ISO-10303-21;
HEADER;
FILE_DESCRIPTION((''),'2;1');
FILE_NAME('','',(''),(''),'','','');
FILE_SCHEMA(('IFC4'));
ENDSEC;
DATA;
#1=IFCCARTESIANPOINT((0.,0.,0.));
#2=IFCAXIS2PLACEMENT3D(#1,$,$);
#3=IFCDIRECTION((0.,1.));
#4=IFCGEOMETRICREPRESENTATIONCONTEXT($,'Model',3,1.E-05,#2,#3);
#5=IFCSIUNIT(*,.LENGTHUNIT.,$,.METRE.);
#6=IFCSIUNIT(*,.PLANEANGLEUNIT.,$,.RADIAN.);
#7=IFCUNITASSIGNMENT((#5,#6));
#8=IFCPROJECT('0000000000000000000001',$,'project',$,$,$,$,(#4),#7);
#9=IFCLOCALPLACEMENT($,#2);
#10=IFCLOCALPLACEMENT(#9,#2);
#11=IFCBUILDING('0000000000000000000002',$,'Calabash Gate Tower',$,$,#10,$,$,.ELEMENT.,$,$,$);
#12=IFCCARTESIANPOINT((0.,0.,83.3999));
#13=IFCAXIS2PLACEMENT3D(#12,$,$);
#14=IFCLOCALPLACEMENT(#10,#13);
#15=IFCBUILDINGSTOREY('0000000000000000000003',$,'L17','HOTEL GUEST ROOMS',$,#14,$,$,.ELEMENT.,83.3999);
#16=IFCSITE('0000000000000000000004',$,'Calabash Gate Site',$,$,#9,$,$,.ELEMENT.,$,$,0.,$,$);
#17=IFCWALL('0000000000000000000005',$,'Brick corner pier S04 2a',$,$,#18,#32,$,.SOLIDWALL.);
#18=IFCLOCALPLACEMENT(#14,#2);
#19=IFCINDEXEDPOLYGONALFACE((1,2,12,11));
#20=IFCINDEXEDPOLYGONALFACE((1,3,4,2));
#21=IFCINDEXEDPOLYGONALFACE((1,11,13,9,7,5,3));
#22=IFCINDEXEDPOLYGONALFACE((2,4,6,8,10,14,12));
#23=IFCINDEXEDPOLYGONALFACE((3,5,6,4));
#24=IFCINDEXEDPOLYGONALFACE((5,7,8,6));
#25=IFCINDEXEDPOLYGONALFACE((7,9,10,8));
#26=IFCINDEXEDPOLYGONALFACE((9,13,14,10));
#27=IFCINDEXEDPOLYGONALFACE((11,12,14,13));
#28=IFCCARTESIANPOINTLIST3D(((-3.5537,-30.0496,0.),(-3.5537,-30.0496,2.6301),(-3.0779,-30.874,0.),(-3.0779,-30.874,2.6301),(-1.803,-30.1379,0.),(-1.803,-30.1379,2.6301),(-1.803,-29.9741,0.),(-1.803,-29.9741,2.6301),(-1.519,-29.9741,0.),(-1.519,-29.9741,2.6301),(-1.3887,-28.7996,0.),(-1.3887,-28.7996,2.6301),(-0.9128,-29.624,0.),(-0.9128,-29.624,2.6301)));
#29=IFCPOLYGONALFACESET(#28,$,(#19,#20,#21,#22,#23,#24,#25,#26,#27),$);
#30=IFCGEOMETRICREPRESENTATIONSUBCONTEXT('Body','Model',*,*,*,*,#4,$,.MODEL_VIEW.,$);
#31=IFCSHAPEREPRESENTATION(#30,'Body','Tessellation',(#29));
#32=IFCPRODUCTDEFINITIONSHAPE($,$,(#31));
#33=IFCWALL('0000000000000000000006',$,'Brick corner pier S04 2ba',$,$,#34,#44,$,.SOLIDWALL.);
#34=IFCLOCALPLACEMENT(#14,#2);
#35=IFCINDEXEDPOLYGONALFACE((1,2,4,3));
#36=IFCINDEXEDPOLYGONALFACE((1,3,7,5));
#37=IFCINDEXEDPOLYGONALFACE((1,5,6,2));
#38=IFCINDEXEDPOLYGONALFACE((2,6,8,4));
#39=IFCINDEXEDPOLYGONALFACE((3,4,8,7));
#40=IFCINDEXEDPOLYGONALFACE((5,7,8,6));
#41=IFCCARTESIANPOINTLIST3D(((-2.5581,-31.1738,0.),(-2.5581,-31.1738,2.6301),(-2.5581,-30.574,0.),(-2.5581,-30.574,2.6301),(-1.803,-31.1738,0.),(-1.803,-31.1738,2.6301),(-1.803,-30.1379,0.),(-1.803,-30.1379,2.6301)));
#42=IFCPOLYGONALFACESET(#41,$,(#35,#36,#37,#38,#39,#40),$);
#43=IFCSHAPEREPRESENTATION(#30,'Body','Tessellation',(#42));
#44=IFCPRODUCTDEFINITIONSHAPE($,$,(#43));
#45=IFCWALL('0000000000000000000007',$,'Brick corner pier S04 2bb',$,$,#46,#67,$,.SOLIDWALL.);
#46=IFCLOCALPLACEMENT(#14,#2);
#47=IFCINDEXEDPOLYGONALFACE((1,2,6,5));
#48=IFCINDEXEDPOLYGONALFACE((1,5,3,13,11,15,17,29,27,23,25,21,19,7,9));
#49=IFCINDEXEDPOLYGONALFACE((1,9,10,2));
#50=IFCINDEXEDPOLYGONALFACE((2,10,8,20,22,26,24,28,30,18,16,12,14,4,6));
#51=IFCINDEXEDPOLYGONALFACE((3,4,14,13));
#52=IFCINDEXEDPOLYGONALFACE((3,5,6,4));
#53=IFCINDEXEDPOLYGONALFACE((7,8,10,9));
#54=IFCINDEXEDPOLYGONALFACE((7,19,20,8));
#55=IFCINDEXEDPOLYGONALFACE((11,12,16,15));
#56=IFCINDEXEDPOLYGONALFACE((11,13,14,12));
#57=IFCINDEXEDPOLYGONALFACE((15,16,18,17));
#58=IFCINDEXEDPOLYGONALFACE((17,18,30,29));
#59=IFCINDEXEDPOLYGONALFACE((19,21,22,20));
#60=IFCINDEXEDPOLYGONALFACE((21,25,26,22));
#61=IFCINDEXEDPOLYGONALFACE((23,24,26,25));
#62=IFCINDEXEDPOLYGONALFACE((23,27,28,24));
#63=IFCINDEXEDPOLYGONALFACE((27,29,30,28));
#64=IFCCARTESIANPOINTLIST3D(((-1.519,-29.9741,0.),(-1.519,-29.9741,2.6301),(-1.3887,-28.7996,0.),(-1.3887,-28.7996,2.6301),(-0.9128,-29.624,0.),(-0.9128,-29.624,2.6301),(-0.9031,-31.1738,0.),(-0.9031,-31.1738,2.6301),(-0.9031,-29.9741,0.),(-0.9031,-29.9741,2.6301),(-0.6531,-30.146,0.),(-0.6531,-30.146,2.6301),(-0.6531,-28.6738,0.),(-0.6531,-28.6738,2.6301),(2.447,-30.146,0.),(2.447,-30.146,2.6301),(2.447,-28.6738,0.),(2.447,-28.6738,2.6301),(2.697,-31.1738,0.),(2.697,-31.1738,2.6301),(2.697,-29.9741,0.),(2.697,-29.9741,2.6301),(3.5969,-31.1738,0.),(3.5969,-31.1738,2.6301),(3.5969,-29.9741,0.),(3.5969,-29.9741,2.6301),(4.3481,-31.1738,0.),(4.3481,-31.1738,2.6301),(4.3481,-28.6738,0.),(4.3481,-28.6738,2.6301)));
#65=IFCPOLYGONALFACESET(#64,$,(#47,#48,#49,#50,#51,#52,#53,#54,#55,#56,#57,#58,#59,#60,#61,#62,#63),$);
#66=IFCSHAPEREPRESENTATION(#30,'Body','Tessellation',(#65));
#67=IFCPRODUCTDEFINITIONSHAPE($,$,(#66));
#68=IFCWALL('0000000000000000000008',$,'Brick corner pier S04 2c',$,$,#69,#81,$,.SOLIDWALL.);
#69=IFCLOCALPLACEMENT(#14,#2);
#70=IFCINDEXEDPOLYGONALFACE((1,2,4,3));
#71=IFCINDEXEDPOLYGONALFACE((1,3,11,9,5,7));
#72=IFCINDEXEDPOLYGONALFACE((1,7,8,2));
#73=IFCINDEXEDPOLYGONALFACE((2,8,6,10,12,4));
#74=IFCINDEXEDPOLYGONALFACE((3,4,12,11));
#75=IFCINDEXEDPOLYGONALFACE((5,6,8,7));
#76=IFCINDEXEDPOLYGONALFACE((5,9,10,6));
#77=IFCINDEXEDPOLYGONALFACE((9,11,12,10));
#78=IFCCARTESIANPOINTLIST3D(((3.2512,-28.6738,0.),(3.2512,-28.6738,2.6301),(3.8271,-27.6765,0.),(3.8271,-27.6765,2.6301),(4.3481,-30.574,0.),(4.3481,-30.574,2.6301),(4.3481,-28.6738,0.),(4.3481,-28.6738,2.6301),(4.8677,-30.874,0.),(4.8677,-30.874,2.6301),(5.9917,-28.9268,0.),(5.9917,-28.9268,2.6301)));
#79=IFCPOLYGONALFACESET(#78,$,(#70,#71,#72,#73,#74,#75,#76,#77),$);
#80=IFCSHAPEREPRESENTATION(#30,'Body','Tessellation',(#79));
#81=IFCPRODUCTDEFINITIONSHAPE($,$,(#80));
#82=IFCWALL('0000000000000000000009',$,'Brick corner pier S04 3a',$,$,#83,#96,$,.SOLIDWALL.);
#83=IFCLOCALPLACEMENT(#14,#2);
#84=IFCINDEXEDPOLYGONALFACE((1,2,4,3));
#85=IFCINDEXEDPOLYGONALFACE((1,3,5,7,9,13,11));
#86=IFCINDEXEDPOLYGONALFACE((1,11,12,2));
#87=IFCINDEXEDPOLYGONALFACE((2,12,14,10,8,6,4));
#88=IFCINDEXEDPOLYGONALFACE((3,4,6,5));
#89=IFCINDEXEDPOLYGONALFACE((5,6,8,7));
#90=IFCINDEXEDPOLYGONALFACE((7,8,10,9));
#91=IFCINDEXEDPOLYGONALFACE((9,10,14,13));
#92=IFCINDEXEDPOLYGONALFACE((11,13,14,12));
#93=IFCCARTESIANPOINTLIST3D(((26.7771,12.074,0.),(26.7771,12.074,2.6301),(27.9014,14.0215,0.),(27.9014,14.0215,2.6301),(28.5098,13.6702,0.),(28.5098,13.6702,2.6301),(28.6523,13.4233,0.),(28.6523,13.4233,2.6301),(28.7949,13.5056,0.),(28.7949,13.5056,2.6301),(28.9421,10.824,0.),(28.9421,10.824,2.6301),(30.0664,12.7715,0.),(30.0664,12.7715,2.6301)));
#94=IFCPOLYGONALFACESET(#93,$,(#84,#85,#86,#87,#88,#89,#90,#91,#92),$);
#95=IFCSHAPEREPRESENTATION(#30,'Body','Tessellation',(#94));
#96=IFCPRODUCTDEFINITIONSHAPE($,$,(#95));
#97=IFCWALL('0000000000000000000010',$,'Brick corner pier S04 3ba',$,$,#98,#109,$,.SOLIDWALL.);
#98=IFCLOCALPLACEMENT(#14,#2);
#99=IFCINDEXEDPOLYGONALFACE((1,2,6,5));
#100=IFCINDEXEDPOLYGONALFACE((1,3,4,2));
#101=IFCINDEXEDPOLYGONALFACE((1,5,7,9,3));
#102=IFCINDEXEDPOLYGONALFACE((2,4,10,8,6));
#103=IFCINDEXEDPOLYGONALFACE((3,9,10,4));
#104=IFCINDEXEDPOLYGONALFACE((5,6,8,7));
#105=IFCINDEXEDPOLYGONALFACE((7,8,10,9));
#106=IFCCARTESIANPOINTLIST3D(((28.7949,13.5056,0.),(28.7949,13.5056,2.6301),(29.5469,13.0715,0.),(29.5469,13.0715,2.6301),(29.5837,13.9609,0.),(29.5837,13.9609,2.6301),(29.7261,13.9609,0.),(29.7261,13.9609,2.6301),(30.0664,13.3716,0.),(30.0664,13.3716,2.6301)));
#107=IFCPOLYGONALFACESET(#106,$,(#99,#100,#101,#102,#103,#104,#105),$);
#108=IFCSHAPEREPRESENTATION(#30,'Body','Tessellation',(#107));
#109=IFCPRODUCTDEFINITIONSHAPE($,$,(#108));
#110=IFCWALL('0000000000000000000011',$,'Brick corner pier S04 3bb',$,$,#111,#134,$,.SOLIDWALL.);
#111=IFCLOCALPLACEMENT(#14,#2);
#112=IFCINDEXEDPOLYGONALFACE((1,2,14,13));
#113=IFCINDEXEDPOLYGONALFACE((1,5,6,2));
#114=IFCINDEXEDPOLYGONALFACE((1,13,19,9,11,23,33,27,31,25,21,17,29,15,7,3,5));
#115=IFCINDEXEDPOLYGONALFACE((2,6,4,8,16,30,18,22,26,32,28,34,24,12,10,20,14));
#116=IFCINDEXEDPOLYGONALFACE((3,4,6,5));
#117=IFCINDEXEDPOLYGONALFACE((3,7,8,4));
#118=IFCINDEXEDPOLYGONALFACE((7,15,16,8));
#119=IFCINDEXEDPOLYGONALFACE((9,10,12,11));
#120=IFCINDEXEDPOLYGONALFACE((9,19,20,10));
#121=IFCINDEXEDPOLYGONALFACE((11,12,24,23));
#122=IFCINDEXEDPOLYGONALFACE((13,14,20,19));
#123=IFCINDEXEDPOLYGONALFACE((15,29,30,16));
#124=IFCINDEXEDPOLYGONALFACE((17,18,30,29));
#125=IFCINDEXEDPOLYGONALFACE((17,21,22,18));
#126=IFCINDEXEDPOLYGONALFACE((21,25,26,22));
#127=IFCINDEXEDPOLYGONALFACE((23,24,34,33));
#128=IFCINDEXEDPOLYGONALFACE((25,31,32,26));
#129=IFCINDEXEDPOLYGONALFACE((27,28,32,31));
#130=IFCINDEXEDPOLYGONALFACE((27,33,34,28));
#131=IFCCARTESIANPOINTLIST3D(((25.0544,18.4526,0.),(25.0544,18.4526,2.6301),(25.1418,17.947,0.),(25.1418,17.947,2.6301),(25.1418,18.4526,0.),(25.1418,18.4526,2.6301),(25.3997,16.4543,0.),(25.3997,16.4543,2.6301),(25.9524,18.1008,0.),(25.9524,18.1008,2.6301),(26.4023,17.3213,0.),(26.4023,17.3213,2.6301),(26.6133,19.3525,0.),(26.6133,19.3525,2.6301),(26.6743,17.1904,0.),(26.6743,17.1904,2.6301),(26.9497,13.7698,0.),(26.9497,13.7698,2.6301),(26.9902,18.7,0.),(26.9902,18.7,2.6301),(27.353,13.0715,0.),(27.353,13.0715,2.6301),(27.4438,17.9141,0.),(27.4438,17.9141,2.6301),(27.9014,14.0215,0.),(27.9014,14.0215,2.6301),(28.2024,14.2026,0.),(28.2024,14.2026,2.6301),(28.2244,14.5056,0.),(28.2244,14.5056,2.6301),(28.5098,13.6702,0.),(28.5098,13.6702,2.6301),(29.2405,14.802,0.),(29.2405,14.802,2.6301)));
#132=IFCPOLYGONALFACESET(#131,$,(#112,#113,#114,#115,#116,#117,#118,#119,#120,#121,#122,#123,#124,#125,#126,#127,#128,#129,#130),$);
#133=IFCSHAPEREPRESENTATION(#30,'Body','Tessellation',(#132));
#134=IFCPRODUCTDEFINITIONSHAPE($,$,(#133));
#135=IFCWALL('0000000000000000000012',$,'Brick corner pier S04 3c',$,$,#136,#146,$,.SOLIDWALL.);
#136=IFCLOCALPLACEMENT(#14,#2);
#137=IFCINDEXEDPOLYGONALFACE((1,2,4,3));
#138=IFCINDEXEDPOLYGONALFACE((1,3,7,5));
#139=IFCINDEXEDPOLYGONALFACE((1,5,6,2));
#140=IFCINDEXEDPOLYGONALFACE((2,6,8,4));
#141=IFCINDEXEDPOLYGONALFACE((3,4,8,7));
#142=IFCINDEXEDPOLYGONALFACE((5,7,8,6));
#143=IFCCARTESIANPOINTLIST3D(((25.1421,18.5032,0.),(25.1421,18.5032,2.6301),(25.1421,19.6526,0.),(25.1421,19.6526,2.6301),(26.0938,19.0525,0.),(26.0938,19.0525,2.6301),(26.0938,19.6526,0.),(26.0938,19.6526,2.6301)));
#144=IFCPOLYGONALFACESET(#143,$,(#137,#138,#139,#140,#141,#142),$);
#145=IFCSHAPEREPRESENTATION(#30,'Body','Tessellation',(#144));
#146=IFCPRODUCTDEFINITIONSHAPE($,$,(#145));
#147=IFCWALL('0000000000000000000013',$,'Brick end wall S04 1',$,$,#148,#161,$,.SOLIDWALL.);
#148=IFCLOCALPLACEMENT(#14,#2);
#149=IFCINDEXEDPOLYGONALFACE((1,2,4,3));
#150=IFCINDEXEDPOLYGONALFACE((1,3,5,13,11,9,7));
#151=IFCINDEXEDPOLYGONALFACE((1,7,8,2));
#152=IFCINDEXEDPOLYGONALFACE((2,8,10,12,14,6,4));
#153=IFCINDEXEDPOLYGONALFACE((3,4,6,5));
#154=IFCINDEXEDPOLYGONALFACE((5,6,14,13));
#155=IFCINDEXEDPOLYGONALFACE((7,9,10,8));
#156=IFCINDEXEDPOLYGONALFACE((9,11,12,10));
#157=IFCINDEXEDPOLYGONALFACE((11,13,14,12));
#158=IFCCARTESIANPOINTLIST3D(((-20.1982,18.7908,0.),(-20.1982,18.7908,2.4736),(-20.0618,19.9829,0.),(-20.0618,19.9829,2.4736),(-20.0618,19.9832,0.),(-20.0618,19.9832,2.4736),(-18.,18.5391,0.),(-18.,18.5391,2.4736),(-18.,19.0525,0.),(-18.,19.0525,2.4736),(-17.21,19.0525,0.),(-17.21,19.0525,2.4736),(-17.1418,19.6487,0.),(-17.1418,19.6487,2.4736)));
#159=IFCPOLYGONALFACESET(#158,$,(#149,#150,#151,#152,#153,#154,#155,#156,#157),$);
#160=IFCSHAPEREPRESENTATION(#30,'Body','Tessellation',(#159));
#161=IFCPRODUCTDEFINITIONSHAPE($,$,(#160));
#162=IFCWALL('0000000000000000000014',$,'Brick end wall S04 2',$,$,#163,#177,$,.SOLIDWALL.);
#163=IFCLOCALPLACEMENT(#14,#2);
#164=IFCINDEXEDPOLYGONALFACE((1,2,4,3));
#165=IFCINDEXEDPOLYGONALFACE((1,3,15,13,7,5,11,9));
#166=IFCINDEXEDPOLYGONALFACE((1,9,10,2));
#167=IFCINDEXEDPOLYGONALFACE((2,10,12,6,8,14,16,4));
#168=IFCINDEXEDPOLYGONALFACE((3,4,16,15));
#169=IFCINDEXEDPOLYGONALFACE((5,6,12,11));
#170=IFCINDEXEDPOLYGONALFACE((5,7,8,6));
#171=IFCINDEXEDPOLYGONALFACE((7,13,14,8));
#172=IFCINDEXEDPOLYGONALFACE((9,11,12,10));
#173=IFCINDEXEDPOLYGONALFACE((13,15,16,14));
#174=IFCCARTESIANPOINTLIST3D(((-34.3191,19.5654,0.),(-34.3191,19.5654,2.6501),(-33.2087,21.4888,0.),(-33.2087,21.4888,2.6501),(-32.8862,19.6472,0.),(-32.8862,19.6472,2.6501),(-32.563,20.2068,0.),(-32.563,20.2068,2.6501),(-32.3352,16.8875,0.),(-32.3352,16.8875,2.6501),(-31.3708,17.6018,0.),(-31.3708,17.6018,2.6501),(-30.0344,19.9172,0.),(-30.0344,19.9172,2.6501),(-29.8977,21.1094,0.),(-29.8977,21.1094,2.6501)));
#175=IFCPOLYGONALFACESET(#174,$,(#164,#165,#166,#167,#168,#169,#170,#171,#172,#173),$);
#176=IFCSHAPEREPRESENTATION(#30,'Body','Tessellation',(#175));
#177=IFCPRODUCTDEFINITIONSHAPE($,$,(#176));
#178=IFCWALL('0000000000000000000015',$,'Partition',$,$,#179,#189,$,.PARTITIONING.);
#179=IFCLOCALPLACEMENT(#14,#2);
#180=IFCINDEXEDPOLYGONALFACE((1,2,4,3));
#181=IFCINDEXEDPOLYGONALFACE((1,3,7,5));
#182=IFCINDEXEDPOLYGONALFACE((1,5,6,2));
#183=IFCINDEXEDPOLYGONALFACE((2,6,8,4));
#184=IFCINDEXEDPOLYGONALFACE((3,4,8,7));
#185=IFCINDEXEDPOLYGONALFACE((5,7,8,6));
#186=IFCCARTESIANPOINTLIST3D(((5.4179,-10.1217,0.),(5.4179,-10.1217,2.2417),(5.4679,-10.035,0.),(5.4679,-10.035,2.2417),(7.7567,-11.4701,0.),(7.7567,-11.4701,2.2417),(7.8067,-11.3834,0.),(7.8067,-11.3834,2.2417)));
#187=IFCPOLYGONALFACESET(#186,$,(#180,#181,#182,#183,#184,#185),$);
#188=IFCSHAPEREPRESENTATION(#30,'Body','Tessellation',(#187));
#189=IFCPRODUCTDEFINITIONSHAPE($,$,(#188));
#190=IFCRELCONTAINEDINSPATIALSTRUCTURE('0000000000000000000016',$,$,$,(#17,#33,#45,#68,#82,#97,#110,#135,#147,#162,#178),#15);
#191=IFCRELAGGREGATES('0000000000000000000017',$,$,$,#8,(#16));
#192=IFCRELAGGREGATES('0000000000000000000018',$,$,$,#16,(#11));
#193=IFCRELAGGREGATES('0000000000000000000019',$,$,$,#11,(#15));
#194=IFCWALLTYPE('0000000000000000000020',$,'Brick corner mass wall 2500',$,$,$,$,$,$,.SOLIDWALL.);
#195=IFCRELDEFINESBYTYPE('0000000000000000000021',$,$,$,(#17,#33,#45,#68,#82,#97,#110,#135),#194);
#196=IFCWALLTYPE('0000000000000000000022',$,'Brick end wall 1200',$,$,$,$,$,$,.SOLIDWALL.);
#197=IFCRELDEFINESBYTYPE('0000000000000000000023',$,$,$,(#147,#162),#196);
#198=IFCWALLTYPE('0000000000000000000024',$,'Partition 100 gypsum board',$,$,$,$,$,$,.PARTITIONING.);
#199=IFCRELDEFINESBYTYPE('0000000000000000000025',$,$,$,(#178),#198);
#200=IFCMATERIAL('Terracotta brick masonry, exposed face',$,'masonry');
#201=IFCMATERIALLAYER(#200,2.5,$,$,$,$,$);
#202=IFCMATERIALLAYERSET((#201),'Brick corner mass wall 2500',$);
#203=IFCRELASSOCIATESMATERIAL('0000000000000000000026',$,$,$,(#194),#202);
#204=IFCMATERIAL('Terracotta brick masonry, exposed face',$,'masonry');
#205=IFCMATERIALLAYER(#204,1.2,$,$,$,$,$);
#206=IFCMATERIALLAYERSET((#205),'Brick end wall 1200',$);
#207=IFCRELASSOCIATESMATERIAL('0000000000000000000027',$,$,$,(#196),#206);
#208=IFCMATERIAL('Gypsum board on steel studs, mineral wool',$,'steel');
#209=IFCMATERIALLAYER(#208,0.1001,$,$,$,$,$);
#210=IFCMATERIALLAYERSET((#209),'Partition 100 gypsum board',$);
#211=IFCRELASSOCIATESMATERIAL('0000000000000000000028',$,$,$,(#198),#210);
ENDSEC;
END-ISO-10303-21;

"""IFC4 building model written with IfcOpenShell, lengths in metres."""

from ifc_helpers import new_model, si_unit, direction, frame, frame_2d, origin, place, context, subcontext, project, spatial, polyline, rectangle, outline, extrude, material, layer, layer_set, type_object, element, save


model = new_model("IFC4")

# Units and contexts
model_context = context("Model", 3, precision=1e-05, world=origin(), true_north=direction((0.0, 1.0)))
body_context = subcontext(model_context, "Body", "Model", "MODEL_VIEW")
ifc_project = project(units=[si_unit("LENGTHUNIT", "METRE"), si_unit("PLANEANGLEUNIT", "RADIAN")], contexts=[model_context])

# Site, building, storey
site_placement = place(None, origin())
site = spatial("IfcSite", under=ifc_project, at=site_placement, Name="Calabash Gate Site", CompositionType="ELEMENT", RefElevation=0.0)
building_placement = place(site_placement, origin())
building = spatial("IfcBuilding", under=site, at=building_placement, Name="Calabash Gate Tower", CompositionType="ELEMENT")
storey_placement = place(building_placement, frame((0.0, 0.0, 83.3999)))
storey = spatial("IfcBuildingStorey", under=building, at=storey_placement, Name="L17", Description="HOTEL GUEST ROOMS", CompositionType="ELEMENT", Elevation=83.3999)

# Walls
ifc_material_1 = material(Name="Terracotta brick masonry, exposed face", Category="masonry")
ifc_layer_1 = layer(ifc_material_1, 2.5)
ifc_layer_set_1 = layer_set([ifc_layer_1], Name="Brick corner mass wall 2500")
wall_type_1 = type_object("IfcWallType", Name="Brick corner mass wall 2500", PredefinedType="SOLIDWALL", material=ifc_layer_set_1)
wall_1_placement = place(storey_placement, origin())
element("IfcWall", 1, at=wall_1_placement, inside=storey, type_object=wall_type_1, Name="Brick corner pier S04 2a", PredefinedType="SOLIDWALL", context=body_context, shape_type="SweptSolid", body=[
    extrude(outline(polyline([(-0.9128, -29.624), (-1.3887, -28.7996), (-3.5537, -30.0496), (-3.0779, -30.874), (-1.803, -30.1379), (-1.803, -29.9741), (-1.519, -29.9741), (-0.9128, -29.624)])), origin(), (0.0, 0.0, 1.0), 2.6301),
])
wall_2_placement = place(storey_placement, origin())
element("IfcWall", 2, at=wall_2_placement, inside=storey, type_object=wall_type_1, Name="Brick corner pier S04 2ba", PredefinedType="SOLIDWALL", context=body_context, shape_type="SweptSolid", body=[
    extrude(outline(polyline([(-2.5581, -30.574), (-2.5581, -31.1738), (-1.803, -31.1738), (-1.803, -30.1379), (-2.5581, -30.574)])), origin(), (0.0, 0.0, 1.0), 2.6301),
])
wall_3_placement = place(storey_placement, origin())
element("IfcWall", 3, at=wall_3_placement, inside=storey, type_object=wall_type_1, Name="Brick corner pier S04 2bb", PredefinedType="SOLIDWALL", context=body_context, shape_type="SweptSolid", body=[
    extrude(outline(polyline([(-0.6531, -30.146), (-0.6531, -28.6738), (-1.3887, -28.7996), (-0.9128, -29.624), (-1.519, -29.9741), (-0.9031, -29.9741), (-0.9031, -31.1738), (2.697, -31.1738), (2.697, -29.9741), (3.5969, -29.9741), (3.5969, -31.1738), (4.3481, -31.1738), (4.3481, -28.6738), (2.447, -28.6738), (2.447, -30.146), (-0.6531, -30.146)])), origin(), (0.0, 0.0, 1.0), 2.6301),
])
wall_4_placement = place(storey_placement, origin())
element("IfcWall", 4, at=wall_4_placement, inside=storey, type_object=wall_type_1, Name="Brick corner pier S04 2c", PredefinedType="SOLIDWALL", context=body_context, shape_type="SweptSolid", body=[
    extrude(outline(polyline([(5.9917, -28.9268), (3.8271, -27.6765), (3.2512, -28.6738), (4.3481, -28.6738), (4.3481, -30.574), (4.8677, -30.874), (5.9917, -28.9268)])), origin(), (0.0, 0.0, 1.0), 2.6301),
])
wall_5_placement = place(storey_placement, origin())
element("IfcWall", 5, at=wall_5_placement, inside=storey, type_object=wall_type_1, Name="Brick corner pier S04 3a", PredefinedType="SOLIDWALL", context=body_context, shape_type="SweptSolid", body=[
    extrude(outline(polyline([(30.0664, 12.7715), (28.7949, 13.5056), (28.6523, 13.4233), (28.5098, 13.6702), (27.9014, 14.0215), (26.7771, 12.074), (28.9421, 10.824), (30.0664, 12.7715)])), origin(), (0.0, 0.0, 1.0), 2.6301),
])
wall_6_placement = place(storey_placement, origin())
element("IfcWall", 6, at=wall_6_placement, inside=storey, type_object=wall_type_1, Name="Brick corner pier S04 3ba", PredefinedType="SOLIDWALL", context=body_context, shape_type="SweptSolid", body=[
    extrude(outline(polyline([(29.7261, 13.9609), (29.5837, 13.9609), (28.7771, 13.4954), (28.7949, 13.5056), (29.5469, 13.0715), (30.0664, 13.3716), (29.7261, 13.9609)])), origin(), (0.0, 0.0, 1.0), 2.6301),
])
wall_7_placement = place(storey_placement, origin())
element("IfcWall", 7, at=wall_7_placement, inside=storey, type_object=wall_type_1, Name="Brick corner pier S04 3bb", PredefinedType="SOLIDWALL", context=body_context, shape_type="SweptSolid", body=[
    extrude(outline(polyline([(26.6743, 17.1904), (28.2244, 14.5056), (26.9497, 13.7698), (27.353, 13.0715), (27.9014, 14.0215), (28.5098, 13.6702), (28.2024, 14.2026), (29.2405, 14.802), (27.4438, 17.9141), (26.4023, 17.3213), (25.9524, 18.1008), (26.9902, 18.7), (26.6133, 19.3525), (25.0544, 18.4526), (25.1418, 18.4526), (25.1418, 17.947), (25.3997, 16.4543), (26.6743, 17.1904)])), origin(), (0.0, 0.0, 1.0), 2.6301),
])
wall_8_placement = place(storey_placement, origin())
element("IfcWall", 8, at=wall_8_placement, inside=storey, type_object=wall_type_1, Name="Brick corner pier S04 3c", PredefinedType="SOLIDWALL", context=body_context, shape_type="SweptSolid", body=[
    extrude(outline(polyline([(26.0938, 19.6526), (25.1421, 19.6526), (25.1421, 18.5032), (26.0938, 19.0525), (26.0938, 19.6526)])), origin(), (0.0, 0.0, 1.0), 2.6301),
])
ifc_material_2 = material(Name="Terracotta brick masonry, exposed face", Category="masonry")
ifc_layer_2 = layer(ifc_material_2, 1.2)
ifc_layer_set_2 = layer_set([ifc_layer_2], Name="Brick end wall 1200")
wall_type_2 = type_object("IfcWallType", Name="Brick end wall 1200", PredefinedType="SOLIDWALL", material=ifc_layer_set_2)
wall_9_placement = place(storey_placement, origin())
element("IfcWall", 9, at=wall_9_placement, inside=storey, type_object=wall_type_2, Name="Brick end wall S04 1", PredefinedType="SOLIDWALL", context=body_context, shape_type="SweptSolid", body=[
    extrude(outline(polyline([(-20.0618, 19.9829), (-20.1982, 18.7908), (-18.0, 18.5391), (-18.0, 19.0525), (-17.21, 19.0525), (-17.1418, 19.6487), (-20.0618, 19.9832), (-20.0618, 19.9829), (-20.0618, 19.9829)])), origin(), (0.0, 0.0, 1.0), 2.4736),
])
wall_10_placement = place(storey_placement, origin())
element("IfcWall", 10, at=wall_10_placement, inside=storey, type_object=wall_type_2, Name="Brick end wall S04 2", PredefinedType="SOLIDWALL", context=body_context, shape_type="SweptSolid", body=[
    extrude(outline(polyline([(-29.8977, 21.1094), (-33.2087, 21.4888), (-34.3191, 19.5654), (-32.3352, 16.8875), (-31.3708, 17.6018), (-32.8862, 19.6472), (-32.563, 20.2068), (-30.0344, 19.9172), (-29.8977, 21.1094)])), origin(), (0.0, 0.0, 1.0), 2.6501),
])
ifc_material_3 = material(Name="Gypsum board on steel studs, mineral wool", Category="steel")
ifc_layer_3 = layer(ifc_material_3, 0.1001)
ifc_layer_set_3 = layer_set([ifc_layer_3], Name="Partition 100 gypsum board")
wall_type_3 = type_object("IfcWallType", Name="Partition 100 gypsum board", PredefinedType="PARTITIONING", material=ifc_layer_set_3)
wall_11_placement = place(storey_placement, frame((5.4429, -10.0784, 0.0), z_axis=(0.0, 0.0, 1.0), x_axis=(0.866339, -0.499456, 0.0)))
element("IfcWall", 11, at=wall_11_placement, inside=storey, type_object=wall_type_3, Name="Partition", PredefinedType="PARTITIONING", context=body_context, shape_type="SweptSolid", body=[
    extrude(rectangle(XDim=2.6997, YDim=0.1001, at=frame_2d((1.3499, 0.0))), origin(), (0.0, 0.0, 1.0), 2.2417),
])

save(model, "model.ifc")
